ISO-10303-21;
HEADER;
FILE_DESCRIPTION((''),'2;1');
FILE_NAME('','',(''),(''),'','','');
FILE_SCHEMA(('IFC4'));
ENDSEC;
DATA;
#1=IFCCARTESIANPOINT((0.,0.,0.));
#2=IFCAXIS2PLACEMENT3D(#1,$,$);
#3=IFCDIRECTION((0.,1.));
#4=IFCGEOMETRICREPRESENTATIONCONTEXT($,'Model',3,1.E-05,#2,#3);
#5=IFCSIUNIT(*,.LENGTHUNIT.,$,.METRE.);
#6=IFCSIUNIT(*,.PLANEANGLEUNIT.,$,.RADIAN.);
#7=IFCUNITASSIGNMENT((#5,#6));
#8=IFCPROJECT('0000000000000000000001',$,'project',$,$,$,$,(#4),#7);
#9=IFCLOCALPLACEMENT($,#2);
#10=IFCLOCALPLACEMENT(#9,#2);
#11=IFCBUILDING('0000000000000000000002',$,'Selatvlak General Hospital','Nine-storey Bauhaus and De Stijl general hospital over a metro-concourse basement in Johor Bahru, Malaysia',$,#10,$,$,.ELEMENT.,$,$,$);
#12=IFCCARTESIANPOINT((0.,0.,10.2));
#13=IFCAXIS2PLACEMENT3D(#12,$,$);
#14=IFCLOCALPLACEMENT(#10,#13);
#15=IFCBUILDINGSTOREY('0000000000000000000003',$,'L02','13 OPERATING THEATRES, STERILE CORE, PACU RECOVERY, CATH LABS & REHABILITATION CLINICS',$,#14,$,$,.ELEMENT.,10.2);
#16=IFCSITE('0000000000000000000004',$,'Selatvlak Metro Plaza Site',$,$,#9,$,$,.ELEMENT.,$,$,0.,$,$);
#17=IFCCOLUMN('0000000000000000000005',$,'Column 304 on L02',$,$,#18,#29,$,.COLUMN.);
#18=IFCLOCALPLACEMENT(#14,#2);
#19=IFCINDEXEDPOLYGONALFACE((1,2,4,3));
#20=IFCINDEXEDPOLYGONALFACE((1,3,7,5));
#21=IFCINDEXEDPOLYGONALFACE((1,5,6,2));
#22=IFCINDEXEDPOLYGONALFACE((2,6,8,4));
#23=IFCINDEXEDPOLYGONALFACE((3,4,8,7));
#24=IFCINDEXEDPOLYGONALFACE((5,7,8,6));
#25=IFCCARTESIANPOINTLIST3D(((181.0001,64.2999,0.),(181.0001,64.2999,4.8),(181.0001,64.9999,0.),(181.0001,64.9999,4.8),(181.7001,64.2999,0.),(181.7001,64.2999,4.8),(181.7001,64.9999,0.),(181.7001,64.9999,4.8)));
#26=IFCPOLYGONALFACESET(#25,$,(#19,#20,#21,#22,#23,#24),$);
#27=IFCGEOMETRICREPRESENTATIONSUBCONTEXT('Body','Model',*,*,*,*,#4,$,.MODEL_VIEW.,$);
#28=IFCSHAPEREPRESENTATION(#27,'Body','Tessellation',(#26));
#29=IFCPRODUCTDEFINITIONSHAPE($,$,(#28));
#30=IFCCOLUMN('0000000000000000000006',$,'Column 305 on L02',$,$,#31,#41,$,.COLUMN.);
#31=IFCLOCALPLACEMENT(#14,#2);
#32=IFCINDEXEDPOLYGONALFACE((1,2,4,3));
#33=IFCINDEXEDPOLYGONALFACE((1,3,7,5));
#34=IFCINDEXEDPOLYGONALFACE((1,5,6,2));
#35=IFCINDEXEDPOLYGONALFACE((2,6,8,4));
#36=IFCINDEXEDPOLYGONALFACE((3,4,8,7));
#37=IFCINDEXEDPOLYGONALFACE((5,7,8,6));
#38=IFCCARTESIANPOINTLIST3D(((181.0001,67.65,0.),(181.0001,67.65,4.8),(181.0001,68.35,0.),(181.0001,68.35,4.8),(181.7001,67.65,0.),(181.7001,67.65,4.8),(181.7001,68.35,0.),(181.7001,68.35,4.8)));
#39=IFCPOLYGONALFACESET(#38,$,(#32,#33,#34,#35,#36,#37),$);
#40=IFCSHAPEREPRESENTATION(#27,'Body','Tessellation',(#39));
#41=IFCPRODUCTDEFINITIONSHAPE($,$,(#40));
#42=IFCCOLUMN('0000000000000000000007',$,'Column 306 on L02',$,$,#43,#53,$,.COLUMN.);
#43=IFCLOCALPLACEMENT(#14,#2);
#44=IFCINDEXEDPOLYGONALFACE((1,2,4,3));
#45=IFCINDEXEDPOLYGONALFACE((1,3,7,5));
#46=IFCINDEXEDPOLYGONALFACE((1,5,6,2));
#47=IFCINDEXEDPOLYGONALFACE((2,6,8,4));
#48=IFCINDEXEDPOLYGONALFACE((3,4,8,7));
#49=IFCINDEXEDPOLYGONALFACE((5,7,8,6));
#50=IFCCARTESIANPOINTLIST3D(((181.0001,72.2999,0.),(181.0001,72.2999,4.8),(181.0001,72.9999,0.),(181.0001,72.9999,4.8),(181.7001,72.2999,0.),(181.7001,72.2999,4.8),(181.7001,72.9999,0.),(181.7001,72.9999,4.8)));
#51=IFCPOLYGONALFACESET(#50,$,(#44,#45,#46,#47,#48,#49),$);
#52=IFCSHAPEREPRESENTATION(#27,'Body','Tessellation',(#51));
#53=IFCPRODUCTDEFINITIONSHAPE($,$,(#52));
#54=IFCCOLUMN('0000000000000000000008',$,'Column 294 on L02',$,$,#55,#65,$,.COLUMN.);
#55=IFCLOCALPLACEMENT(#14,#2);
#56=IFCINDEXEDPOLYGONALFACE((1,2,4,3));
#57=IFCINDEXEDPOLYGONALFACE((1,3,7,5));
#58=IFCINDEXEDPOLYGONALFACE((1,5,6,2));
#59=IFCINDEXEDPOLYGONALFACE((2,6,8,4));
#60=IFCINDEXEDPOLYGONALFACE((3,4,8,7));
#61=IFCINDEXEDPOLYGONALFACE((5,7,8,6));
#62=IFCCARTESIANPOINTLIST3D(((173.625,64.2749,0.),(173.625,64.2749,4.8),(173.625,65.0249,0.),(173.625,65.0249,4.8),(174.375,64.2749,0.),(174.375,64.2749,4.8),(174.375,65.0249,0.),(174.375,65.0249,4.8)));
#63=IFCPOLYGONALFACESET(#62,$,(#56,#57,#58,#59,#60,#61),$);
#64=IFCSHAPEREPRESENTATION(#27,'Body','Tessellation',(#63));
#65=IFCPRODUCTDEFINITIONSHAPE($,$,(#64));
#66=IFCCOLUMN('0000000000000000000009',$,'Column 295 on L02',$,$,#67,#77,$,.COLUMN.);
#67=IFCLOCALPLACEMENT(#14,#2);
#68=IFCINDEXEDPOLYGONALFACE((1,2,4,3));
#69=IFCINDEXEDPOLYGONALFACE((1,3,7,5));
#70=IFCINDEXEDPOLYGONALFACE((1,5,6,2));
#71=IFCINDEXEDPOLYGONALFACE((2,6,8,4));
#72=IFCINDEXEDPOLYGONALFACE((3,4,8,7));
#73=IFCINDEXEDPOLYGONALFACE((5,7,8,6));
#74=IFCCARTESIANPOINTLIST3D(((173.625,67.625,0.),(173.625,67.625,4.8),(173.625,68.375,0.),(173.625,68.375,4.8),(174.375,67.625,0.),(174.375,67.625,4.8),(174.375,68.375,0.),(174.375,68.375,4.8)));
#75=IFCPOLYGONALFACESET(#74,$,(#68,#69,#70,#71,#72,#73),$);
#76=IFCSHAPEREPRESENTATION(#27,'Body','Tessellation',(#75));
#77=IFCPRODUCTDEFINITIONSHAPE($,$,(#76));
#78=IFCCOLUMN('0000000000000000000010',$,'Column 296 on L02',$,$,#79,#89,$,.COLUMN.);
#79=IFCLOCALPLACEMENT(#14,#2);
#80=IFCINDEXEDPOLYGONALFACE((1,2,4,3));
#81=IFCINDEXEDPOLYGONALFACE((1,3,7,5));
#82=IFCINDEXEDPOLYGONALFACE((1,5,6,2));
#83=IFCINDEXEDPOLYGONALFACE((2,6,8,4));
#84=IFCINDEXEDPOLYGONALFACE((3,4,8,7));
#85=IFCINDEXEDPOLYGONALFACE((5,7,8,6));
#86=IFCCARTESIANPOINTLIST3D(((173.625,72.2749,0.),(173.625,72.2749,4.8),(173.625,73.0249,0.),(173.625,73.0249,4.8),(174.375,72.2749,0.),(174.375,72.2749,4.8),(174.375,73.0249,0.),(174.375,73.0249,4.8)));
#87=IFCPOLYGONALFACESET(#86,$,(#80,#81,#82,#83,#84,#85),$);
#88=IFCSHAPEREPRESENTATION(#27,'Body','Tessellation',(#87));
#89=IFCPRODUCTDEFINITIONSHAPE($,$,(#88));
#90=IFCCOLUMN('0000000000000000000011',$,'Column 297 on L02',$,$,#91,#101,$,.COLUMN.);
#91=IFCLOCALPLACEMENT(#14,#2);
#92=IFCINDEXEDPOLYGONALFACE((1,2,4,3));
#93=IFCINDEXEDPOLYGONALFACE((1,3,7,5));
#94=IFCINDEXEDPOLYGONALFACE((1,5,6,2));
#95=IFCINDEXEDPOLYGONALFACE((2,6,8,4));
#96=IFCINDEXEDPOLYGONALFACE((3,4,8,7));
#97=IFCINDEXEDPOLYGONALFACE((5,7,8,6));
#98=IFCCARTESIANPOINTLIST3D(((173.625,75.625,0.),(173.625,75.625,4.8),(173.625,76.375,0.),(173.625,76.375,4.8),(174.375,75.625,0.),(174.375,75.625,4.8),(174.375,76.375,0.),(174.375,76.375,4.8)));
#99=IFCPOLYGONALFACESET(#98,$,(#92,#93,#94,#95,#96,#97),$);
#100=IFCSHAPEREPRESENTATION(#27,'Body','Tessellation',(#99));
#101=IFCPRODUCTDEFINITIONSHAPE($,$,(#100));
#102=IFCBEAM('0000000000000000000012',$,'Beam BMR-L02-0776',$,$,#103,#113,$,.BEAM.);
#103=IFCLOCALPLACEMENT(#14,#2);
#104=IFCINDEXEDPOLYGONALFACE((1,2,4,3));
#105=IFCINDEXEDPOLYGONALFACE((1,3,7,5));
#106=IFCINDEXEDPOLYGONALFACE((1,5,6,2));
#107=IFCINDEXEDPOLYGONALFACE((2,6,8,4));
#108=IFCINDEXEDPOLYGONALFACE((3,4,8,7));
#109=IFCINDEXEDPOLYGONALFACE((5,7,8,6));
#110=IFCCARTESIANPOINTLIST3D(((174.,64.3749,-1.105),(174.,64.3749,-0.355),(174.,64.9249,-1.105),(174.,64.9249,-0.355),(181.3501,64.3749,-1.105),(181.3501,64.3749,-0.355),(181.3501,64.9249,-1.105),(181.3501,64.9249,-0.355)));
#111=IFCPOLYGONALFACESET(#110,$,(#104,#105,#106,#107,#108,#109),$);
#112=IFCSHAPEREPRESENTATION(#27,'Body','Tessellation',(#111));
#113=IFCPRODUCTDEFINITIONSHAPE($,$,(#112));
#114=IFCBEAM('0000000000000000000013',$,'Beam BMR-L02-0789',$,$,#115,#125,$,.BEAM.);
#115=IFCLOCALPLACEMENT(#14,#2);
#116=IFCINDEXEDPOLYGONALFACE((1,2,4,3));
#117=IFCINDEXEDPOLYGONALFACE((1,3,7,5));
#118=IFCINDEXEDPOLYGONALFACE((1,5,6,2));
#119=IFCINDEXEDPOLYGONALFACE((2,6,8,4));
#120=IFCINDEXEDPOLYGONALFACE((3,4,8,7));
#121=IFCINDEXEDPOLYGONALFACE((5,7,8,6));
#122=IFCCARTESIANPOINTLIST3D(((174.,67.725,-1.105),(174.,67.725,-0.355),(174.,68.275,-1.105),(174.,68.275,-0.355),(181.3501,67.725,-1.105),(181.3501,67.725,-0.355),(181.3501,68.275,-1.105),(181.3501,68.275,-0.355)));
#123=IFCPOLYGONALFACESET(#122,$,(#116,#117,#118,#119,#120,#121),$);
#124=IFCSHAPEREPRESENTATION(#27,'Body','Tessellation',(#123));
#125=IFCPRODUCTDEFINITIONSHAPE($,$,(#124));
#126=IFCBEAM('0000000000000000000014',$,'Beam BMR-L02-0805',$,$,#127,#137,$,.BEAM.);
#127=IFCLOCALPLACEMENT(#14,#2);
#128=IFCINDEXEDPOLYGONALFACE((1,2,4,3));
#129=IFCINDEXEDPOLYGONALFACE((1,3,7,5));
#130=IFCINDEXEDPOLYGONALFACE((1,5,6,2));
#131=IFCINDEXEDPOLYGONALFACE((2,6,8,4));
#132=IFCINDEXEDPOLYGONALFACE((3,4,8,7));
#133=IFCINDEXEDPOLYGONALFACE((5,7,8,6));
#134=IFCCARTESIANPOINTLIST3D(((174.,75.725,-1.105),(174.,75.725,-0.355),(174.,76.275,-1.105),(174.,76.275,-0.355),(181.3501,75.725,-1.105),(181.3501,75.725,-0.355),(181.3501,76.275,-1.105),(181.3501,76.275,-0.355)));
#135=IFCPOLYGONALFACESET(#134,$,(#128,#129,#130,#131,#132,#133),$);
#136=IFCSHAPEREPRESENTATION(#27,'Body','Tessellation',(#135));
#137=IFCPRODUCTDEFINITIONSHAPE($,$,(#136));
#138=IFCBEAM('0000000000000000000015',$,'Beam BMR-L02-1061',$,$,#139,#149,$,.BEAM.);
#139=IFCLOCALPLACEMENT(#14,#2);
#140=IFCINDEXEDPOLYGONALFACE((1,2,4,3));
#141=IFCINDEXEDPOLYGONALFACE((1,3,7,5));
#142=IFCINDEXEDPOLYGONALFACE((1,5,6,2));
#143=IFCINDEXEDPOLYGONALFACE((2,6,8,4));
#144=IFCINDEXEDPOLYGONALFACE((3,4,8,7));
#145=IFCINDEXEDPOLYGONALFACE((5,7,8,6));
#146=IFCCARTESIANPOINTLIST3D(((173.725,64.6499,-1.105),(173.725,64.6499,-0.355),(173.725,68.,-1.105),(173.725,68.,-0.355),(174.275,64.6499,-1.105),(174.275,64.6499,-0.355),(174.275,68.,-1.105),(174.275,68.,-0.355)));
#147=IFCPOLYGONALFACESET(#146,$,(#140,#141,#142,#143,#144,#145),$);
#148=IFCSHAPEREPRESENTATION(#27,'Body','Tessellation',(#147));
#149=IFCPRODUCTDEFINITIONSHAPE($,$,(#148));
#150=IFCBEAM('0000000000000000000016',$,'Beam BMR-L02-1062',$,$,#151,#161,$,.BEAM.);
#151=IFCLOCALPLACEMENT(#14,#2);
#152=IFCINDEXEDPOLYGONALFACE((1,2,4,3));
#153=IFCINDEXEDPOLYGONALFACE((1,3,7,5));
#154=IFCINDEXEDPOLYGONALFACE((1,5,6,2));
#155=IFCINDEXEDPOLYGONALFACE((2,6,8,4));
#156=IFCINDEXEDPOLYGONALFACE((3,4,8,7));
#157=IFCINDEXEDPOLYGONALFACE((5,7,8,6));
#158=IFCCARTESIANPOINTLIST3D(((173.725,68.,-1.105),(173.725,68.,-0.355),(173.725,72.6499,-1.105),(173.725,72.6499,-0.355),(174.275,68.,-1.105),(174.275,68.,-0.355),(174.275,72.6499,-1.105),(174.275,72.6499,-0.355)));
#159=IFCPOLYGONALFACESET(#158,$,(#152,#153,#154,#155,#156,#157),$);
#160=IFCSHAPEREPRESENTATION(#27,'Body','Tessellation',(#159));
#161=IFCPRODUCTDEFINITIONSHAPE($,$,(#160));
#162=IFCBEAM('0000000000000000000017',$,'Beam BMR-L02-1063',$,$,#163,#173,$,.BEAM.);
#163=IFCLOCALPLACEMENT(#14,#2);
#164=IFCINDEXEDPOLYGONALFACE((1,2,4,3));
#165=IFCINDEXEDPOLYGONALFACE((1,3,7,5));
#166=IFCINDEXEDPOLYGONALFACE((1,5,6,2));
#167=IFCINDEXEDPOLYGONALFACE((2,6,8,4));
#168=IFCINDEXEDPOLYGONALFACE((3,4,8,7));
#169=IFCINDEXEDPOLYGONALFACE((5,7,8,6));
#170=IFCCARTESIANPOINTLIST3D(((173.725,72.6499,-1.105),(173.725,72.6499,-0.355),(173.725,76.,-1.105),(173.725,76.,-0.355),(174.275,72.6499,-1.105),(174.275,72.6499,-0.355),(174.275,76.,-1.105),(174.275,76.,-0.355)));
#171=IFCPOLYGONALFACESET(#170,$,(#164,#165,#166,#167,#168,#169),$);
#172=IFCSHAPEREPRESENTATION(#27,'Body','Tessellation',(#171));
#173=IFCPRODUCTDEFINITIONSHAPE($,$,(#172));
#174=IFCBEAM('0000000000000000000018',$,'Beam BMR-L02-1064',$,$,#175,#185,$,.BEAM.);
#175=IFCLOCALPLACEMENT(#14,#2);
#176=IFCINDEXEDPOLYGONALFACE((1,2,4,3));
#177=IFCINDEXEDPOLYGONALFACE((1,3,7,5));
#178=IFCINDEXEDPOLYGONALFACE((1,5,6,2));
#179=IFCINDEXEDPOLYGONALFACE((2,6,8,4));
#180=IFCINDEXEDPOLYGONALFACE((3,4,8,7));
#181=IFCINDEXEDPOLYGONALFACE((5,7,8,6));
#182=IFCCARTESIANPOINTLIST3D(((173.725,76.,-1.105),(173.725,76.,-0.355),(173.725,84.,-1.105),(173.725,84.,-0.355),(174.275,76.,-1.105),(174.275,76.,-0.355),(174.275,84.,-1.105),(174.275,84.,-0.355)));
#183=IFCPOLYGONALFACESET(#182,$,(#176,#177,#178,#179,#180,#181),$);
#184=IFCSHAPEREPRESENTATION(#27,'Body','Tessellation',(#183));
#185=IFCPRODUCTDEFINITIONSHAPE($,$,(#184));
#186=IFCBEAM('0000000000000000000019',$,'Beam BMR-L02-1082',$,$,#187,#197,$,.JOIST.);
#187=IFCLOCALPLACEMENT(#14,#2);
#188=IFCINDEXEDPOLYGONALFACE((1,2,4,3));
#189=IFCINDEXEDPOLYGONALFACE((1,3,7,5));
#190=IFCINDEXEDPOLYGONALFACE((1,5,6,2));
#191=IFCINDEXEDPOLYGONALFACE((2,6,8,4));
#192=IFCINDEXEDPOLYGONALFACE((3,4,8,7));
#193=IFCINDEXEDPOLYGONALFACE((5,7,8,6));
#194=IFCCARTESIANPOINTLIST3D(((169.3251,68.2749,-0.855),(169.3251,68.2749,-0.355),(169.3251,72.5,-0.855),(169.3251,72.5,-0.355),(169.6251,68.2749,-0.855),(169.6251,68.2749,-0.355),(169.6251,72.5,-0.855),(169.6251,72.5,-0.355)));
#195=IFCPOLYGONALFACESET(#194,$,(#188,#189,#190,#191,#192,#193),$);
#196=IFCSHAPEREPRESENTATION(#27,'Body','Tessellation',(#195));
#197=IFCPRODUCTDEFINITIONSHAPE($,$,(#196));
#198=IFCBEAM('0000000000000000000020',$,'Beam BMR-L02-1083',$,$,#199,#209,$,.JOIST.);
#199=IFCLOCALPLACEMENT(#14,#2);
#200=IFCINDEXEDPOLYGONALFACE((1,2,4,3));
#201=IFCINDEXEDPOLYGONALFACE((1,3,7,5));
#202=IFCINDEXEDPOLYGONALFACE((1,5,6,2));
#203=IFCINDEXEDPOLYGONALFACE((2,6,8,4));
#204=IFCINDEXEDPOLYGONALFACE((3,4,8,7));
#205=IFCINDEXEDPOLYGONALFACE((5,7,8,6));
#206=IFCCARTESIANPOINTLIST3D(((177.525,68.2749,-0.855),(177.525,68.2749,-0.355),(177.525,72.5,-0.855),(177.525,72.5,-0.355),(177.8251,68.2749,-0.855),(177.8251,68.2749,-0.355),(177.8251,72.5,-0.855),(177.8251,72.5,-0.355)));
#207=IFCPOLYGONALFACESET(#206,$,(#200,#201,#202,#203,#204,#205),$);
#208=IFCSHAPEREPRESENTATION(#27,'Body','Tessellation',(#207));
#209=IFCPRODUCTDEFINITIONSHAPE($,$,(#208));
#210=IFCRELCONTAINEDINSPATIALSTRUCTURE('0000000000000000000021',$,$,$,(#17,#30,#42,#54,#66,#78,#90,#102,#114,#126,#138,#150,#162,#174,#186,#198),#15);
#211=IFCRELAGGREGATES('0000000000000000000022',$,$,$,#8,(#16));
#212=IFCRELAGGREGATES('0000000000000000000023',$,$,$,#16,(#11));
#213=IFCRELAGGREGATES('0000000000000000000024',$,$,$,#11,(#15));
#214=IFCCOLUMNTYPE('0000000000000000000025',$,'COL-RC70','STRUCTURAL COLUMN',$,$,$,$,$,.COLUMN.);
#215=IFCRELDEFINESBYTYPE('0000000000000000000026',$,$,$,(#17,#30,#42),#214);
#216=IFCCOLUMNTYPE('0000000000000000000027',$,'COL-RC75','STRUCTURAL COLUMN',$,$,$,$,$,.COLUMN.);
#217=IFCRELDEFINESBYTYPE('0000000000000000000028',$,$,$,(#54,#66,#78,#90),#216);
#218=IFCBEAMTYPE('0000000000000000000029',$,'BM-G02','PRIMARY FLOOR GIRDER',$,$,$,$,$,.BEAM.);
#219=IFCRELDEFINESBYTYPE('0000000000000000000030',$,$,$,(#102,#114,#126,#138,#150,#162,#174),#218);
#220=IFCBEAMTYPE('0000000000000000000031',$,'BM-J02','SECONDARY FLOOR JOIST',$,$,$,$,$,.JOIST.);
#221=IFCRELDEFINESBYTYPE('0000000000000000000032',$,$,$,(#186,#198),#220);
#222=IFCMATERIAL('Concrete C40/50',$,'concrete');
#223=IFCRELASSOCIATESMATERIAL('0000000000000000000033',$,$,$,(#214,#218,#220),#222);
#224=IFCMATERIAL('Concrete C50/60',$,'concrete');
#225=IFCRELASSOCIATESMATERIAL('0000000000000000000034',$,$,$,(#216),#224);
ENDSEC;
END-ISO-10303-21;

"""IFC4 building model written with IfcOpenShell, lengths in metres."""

from ifc_helpers import new_model, si_unit, direction, frame, origin, origin_2d, place, context, subcontext, project, spatial, rectangle, extrude, material, material_profile, profile_set, type_object, element, save


model = new_model("IFC4")

# Units and contexts
model_context = context("Model", 3, precision=1e-05, world=origin(), true_north=direction((0.0, 1.0)))
body_context = subcontext(model_context, "Body", "Model", "MODEL_VIEW")
ifc_project = project(units=[si_unit("LENGTHUNIT", "METRE"), si_unit("PLANEANGLEUNIT", "RADIAN")], contexts=[model_context])

# Site, building, storey
site_placement = place(None, origin())
site = spatial("IfcSite", under=ifc_project, at=site_placement, Name="Selatvlak Metro Plaza Site", CompositionType="ELEMENT", RefElevation=0.0)
building_placement = place(site_placement, origin())
building = spatial("IfcBuilding", under=site, at=building_placement, Name="Selatvlak General Hospital", Description="Nine-storey Bauhaus and De Stijl general hospital over a metro-concourse basement in Johor Bahru, Malaysia", CompositionType="ELEMENT")
storey_placement = place(building_placement, frame((0.0, 0.0, 10.2)))
storey = spatial("IfcBuildingStorey", under=building, at=storey_placement, Name="L02", Description="13 OPERATING THEATRES, STERILE CORE, PACU RECOVERY, CATH LABS & REHABILITATION CLINICS", CompositionType="ELEMENT", Elevation=10.2)

# Columns
ifc_material_1 = material(Name="Concrete C40/50", Category="concrete")
ifc_material_profile_1 = material_profile(ifc_material_1, rectangle(XDim=0.7, YDim=0.7, at=origin_2d()), Name="RC-COL 700x700")
ifc_profile_set_1 = profile_set([ifc_material_profile_1], Name="Concrete C40/50")
column_type_1 = type_object("IfcColumnType", Name="COL-RC70", Description="STRUCTURAL COLUMN", PredefinedType="COLUMN", material=ifc_profile_set_1)
for number, where, z_axis, x_axis, name in (
    (1, (181.3501, 64.6499, 0.0), (0.0, 0.0, 1.0), (1.0, 0.0, 0.0), "Column 304 on L02"),
    (2, (181.3501, 68.0, 0.0), (0.0, 0.0, 1.0), (1.0, 0.0, 0.0), "Column 305 on L02"),
    (3, (181.3501, 72.6499, 0.0), (0.0, 0.0, 1.0), (1.0, 0.0, 0.0), "Column 306 on L02"),
):
    element("IfcColumn", number, at=place(storey_placement, frame(where, z_axis=z_axis, x_axis=x_axis)), inside=storey, type_object=column_type_1, Name=name, PredefinedType="COLUMN", context=body_context, shape_type="SweptSolid", body=[
        extrude(rectangle(XDim=0.7, YDim=0.7, at=origin_2d()), origin(), (0.0, 0.0, 1.0), 4.8),
    ])
ifc_material_2 = material(Name="Concrete C50/60", Category="concrete")
ifc_material_profile_2 = material_profile(ifc_material_2, rectangle(XDim=0.75, YDim=0.75, at=origin_2d()), Name="RC-COL 750x750")
ifc_profile_set_2 = profile_set([ifc_material_profile_2], Name="Concrete C50/60")
column_type_2 = type_object("IfcColumnType", Name="COL-RC75", Description="STRUCTURAL COLUMN", PredefinedType="COLUMN", material=ifc_profile_set_2)
for number, where, z_axis, x_axis, name in (
    (4, (174.0, 64.6499, 0.0), (0.0, 0.0, 1.0), (1.0, 0.0, 0.0), "Column 294 on L02"),
    (5, (174.0, 68.0, 0.0), (0.0, 0.0, 1.0), (1.0, 0.0, 0.0), "Column 295 on L02"),
    (6, (174.0, 72.6499, 0.0), (0.0, 0.0, 1.0), (1.0, 0.0, 0.0), "Column 296 on L02"),
    (7, (174.0, 76.0, 0.0), (0.0, 0.0, 1.0), (1.0, 0.0, 0.0), "Column 297 on L02"),
):
    element("IfcColumn", number, at=place(storey_placement, frame(where, z_axis=z_axis, x_axis=x_axis)), inside=storey, type_object=column_type_2, Name=name, PredefinedType="COLUMN", context=body_context, shape_type="SweptSolid", body=[
        extrude(rectangle(XDim=0.75, YDim=0.75, at=origin_2d()), origin(), (0.0, 0.0, 1.0), 4.8),
    ])

# Beams
ifc_material_profile_3 = material_profile(ifc_material_1, rectangle(XDim=0.55, YDim=0.75, at=origin_2d()), Name="RC-BM 550x750")
ifc_profile_set_3 = profile_set([ifc_material_profile_3], Name="Concrete C40/50")
beam_type_1 = type_object("IfcBeamType", Name="BM-G02", Description="PRIMARY FLOOR GIRDER", PredefinedType="BEAM", material=ifc_profile_set_3)
for number, where, z_axis, x_axis, name in (
    (8, (174.0, 64.6499, -0.73), (1.0, 0.0, 0.0), (0.0, 1.0, 0.0), "Beam BMR-L02-0776"),
    (9, (174.0, 68.0, -0.73), (1.0, 0.0, 0.0), (0.0, 1.0, 0.0), "Beam BMR-L02-0789"),
    (10, (174.0, 76.0, -0.73), (1.0, 0.0, 0.0), (0.0, 1.0, 0.0), "Beam BMR-L02-0805"),
):
    element("IfcBeam", number, at=place(storey_placement, frame(where, z_axis=z_axis, x_axis=x_axis)), inside=storey, type_object=beam_type_1, Name=name, PredefinedType="BEAM", context=body_context, shape_type="SweptSolid", body=[
        extrude(rectangle(XDim=0.55, YDim=0.75, at=origin_2d()), origin(), (0.0, 0.0, 1.0), 7.3501),
    ])
beam_1_placement = place(storey_placement, frame((174.0, 64.6499, -0.73), z_axis=(0.0, 1.0, 0.0), x_axis=(-1.0, 0.0, 0.0)))
element("IfcBeam", 11, at=beam_1_placement, inside=storey, type_object=beam_type_1, Name="Beam BMR-L02-1061", PredefinedType="BEAM", context=body_context, shape_type="SweptSolid", body=[
    extrude(rectangle(XDim=0.55, YDim=0.75, at=origin_2d()), origin(), (0.0, 0.0, 1.0), 3.3501),
])
beam_2_placement = place(storey_placement, frame((174.0, 68.0, -0.73), z_axis=(0.0, 1.0, 0.0), x_axis=(-1.0, 0.0, 0.0)))
element("IfcBeam", 12, at=beam_2_placement, inside=storey, type_object=beam_type_1, Name="Beam BMR-L02-1062", PredefinedType="BEAM", context=body_context, shape_type="SweptSolid", body=[
    extrude(rectangle(XDim=0.55, YDim=0.75, at=origin_2d()), origin(), (0.0, 0.0, 1.0), 4.6499),
])
beam_3_placement = place(storey_placement, frame((174.0, 72.6499, -0.73), z_axis=(0.0, 1.0, 0.0), x_axis=(-1.0, 0.0, 0.0)))
element("IfcBeam", 13, at=beam_3_placement, inside=storey, type_object=beam_type_1, Name="Beam BMR-L02-1063", PredefinedType="BEAM", context=body_context, shape_type="SweptSolid", body=[
    extrude(rectangle(XDim=0.55, YDim=0.75, at=origin_2d()), origin(), (0.0, 0.0, 1.0), 3.3501),
])
beam_4_placement = place(storey_placement, frame((174.0, 76.0, -0.73), z_axis=(0.0, 1.0, 0.0), x_axis=(-1.0, 0.0, 0.0)))
element("IfcBeam", 14, at=beam_4_placement, inside=storey, type_object=beam_type_1, Name="Beam BMR-L02-1064", PredefinedType="BEAM", context=body_context, shape_type="SweptSolid", body=[
    extrude(rectangle(XDim=0.55, YDim=0.75, at=origin_2d()), origin(), (0.0, 0.0, 1.0), 8.0),
])
ifc_material_profile_4 = material_profile(ifc_material_1, rectangle(XDim=0.3, YDim=0.5, at=origin_2d()), Name="RC-BM 300x500")
ifc_profile_set_4 = profile_set([ifc_material_profile_4], Name="Concrete C40/50")
beam_type_2 = type_object("IfcBeamType", Name="BM-J02", Description="SECONDARY FLOOR JOIST", PredefinedType="JOIST", material=ifc_profile_set_4)
for number, where, z_axis, x_axis, name in (
    (15, (169.4751, 68.2749, -0.605), (0.0, 1.0, 0.0), (-1.0, 0.0, 0.0), "Beam BMR-L02-1082"),
    (16, (177.675, 68.2749, -0.605), (0.0, 1.0, 0.0), (-1.0, 0.0, 0.0), "Beam BMR-L02-1083"),
):
    element("IfcBeam", number, at=place(storey_placement, frame(where, z_axis=z_axis, x_axis=x_axis)), inside=storey, type_object=beam_type_2, Name=name, PredefinedType="JOIST", context=body_context, shape_type="SweptSolid", body=[
        extrude(rectangle(XDim=0.3, YDim=0.5, at=origin_2d()), origin(), (0.0, 0.0, 1.0), 4.2251),
    ])

save(model, "model.ifc")
